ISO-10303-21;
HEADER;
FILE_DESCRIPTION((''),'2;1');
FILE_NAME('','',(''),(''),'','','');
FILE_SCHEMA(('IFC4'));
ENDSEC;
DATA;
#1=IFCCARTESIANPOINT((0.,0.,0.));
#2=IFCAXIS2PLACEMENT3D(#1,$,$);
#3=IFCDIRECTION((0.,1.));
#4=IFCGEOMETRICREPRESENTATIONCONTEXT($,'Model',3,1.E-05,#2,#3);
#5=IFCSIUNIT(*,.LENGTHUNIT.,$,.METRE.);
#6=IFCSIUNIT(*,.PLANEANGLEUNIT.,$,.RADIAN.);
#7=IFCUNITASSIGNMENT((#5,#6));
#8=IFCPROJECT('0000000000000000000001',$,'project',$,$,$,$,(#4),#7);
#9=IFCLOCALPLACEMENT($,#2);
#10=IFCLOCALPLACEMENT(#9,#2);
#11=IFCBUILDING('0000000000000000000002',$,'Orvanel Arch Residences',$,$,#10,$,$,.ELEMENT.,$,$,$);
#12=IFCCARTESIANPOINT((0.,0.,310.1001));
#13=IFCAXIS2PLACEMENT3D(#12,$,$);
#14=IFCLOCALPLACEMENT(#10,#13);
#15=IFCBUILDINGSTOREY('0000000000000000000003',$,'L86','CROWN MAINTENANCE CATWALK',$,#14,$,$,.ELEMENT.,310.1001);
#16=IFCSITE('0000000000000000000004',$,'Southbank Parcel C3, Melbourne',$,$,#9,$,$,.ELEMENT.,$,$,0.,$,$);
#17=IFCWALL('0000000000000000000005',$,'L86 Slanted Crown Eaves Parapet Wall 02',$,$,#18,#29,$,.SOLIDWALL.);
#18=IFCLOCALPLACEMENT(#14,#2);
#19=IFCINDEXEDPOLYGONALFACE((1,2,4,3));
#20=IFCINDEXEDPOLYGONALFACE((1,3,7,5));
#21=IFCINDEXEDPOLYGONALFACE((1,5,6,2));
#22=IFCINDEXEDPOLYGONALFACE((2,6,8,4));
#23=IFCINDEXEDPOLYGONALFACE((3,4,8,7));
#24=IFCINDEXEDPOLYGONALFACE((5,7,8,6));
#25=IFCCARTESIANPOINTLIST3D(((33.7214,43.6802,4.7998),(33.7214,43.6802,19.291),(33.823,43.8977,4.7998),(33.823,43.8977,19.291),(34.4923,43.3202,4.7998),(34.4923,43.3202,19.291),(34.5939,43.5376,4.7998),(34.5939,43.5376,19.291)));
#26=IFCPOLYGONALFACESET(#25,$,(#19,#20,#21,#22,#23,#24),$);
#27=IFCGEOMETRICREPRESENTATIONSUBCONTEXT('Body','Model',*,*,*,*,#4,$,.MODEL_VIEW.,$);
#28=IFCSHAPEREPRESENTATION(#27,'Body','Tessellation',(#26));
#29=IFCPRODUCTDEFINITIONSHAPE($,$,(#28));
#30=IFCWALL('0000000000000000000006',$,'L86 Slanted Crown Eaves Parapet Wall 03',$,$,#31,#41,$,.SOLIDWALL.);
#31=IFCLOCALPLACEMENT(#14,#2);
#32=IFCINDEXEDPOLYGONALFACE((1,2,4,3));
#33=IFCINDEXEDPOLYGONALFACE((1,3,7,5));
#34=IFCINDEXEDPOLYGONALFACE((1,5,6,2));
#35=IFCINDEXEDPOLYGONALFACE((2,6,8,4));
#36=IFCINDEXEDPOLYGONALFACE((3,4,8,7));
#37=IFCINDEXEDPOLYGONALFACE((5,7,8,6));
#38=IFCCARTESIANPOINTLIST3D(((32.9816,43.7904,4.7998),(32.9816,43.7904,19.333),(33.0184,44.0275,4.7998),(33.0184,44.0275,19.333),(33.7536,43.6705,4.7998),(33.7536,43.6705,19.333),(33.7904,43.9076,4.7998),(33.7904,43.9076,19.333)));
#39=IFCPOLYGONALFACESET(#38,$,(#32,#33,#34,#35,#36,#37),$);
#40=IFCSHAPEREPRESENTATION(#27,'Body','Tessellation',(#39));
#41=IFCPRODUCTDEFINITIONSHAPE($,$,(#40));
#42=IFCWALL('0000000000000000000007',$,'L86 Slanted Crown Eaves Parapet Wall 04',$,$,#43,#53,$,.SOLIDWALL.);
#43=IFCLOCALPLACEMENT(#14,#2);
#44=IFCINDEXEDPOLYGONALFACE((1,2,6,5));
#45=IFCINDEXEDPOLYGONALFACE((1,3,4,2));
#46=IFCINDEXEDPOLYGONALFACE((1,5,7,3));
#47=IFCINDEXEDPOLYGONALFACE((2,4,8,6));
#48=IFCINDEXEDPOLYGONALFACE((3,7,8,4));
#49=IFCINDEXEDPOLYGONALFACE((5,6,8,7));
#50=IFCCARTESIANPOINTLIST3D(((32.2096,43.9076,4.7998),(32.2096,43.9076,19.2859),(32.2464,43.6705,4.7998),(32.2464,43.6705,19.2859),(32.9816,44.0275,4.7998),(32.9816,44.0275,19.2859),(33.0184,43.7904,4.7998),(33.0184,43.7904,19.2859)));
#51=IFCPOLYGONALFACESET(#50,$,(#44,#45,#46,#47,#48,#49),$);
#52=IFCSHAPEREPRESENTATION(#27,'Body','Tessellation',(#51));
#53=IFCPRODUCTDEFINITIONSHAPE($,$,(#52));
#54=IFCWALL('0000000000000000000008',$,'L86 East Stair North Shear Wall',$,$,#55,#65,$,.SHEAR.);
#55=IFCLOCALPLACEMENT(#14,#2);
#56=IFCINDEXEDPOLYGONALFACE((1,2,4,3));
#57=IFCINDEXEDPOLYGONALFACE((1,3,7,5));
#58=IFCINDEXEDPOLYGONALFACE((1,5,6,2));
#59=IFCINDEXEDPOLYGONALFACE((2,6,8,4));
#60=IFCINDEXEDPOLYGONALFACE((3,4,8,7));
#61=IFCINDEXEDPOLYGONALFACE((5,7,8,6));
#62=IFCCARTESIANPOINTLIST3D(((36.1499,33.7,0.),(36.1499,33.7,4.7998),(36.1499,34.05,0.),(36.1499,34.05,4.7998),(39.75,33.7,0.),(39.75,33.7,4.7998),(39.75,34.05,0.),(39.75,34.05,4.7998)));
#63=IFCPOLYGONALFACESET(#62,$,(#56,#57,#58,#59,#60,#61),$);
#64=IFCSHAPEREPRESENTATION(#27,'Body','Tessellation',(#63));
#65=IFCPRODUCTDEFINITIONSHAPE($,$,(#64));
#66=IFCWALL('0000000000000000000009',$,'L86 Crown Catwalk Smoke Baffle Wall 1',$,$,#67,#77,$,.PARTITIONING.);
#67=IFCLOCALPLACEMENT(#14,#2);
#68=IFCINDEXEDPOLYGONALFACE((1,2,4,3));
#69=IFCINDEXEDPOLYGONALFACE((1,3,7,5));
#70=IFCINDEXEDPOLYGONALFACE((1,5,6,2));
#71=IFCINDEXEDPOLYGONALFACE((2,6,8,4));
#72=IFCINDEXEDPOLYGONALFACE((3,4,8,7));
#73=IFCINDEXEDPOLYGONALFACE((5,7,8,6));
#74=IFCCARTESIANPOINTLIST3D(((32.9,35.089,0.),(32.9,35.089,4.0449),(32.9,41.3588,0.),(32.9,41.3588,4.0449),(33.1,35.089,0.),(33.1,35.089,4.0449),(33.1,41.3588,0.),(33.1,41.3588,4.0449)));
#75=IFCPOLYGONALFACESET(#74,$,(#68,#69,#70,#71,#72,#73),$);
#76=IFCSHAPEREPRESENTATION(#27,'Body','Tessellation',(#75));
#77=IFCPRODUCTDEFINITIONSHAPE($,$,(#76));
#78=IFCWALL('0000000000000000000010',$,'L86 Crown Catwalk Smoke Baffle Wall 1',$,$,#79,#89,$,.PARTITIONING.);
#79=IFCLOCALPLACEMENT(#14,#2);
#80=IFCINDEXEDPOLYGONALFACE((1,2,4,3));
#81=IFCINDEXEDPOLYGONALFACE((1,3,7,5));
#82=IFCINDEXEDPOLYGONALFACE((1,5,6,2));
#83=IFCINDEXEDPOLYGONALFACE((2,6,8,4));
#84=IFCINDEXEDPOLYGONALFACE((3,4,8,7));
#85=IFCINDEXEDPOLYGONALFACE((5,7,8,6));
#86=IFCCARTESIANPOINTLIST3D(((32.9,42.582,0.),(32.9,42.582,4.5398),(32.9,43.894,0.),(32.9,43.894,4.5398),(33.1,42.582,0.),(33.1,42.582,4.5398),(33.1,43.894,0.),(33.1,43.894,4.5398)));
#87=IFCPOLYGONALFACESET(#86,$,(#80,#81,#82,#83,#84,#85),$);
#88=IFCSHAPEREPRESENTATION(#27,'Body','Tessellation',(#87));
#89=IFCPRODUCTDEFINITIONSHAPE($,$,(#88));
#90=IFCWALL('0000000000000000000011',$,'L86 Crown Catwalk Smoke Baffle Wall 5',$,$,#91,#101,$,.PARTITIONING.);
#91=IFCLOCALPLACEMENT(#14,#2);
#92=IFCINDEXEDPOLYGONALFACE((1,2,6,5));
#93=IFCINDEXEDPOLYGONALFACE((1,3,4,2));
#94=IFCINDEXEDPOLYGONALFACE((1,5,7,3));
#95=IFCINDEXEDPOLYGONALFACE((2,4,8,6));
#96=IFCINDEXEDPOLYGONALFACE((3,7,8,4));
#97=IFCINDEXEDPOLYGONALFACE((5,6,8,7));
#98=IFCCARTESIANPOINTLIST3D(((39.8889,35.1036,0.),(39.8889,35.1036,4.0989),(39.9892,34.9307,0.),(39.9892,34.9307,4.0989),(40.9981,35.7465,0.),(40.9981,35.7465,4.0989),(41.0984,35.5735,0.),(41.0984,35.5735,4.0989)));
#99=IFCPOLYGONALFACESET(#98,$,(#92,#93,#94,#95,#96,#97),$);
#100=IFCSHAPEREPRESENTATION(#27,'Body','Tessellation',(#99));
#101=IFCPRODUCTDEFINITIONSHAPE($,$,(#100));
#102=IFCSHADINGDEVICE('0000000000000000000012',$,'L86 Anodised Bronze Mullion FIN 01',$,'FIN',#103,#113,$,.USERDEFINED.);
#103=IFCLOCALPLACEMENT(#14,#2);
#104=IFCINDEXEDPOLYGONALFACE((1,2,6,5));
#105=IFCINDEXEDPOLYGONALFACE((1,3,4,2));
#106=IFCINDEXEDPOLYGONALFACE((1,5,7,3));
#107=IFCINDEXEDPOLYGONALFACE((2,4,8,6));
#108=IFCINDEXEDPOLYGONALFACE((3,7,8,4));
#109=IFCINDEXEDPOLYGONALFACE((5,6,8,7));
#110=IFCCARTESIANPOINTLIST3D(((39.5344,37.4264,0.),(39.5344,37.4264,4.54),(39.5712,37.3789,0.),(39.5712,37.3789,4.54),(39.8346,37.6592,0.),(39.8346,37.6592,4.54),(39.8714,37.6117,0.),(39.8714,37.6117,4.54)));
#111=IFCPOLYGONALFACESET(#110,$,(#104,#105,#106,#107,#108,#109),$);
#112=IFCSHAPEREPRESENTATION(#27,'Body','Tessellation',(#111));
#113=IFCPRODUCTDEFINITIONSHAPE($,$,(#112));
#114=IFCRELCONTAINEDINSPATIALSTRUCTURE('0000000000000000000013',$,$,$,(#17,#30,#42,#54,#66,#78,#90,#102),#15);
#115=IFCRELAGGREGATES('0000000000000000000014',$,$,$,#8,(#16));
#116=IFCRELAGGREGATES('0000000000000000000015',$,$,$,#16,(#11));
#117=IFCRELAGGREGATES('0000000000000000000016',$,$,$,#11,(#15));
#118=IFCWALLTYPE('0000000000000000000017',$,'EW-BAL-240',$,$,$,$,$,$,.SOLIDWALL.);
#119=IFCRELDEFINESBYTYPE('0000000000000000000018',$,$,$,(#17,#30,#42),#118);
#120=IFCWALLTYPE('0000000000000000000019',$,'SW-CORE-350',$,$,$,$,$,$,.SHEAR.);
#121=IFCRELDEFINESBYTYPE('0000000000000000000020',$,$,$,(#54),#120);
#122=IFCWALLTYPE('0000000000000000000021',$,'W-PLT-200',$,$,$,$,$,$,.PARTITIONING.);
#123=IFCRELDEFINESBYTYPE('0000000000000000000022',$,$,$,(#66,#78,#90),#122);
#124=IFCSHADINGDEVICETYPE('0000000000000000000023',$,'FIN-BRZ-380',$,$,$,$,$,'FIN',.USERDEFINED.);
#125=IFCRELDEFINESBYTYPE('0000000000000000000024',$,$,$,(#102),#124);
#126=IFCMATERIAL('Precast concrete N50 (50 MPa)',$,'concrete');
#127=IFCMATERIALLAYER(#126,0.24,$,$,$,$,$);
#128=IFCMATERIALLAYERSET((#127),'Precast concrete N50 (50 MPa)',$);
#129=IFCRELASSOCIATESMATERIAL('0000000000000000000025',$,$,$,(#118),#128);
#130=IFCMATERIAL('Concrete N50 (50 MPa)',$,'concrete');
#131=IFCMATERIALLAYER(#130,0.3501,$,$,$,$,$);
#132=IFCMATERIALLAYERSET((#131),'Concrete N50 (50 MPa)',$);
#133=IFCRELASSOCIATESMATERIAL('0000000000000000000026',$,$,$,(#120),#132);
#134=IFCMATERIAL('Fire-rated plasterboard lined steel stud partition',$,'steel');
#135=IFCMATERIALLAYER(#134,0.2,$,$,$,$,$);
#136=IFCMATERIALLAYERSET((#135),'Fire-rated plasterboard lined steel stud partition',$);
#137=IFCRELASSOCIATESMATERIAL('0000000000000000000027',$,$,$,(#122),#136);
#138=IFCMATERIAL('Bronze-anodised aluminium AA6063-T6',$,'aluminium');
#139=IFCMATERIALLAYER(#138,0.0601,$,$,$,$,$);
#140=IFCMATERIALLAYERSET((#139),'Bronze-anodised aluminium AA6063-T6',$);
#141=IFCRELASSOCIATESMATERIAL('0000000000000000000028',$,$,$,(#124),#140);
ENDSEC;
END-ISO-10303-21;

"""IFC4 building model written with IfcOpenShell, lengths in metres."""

from ifc_helpers import new_model, si_unit, direction, frame, frame_2d, origin, origin_2d, place, context, subcontext, project, spatial, rectangle, extrude, material, layer, layer_set, type_object, element, save


model = new_model("IFC4")

# Units and contexts
model_context = context("Model", 3, precision=1e-05, world=origin(), true_north=direction((0.0, 1.0)))
body_context = subcontext(model_context, "Body", "Model", "MODEL_VIEW")
ifc_project = project(units=[si_unit("LENGTHUNIT", "METRE"), si_unit("PLANEANGLEUNIT", "RADIAN")], contexts=[model_context])

# Site, building, storey
site_placement = place(None, origin())
site = spatial("IfcSite", under=ifc_project, at=site_placement, Name="Southbank Parcel C3, Melbourne", CompositionType="ELEMENT", RefElevation=0.0)
building_placement = place(site_placement, origin())
building = spatial("IfcBuilding", under=site, at=building_placement, Name="Orvanel Arch Residences", CompositionType="ELEMENT")
storey_placement = place(building_placement, frame((0.0, 0.0, 310.1001)))
storey = spatial("IfcBuildingStorey", under=building, at=storey_placement, Name="L86", Description="CROWN MAINTENANCE CATWALK", CompositionType="ELEMENT", Elevation=310.1001)

# Shared definitions
ifc_material_1 = material(Name="Bronze-anodised aluminium AA6063-T6", Category="aluminium")

# Walls
ifc_material_2 = material(Name="Precast concrete N50 (50 MPa)", Category="concrete")
ifc_layer_1 = layer(ifc_material_2, 0.24)
ifc_layer_set_1 = layer_set([ifc_layer_1], Name="Precast concrete N50 (50 MPa)")
wall_type_1 = type_object("IfcWallType", Name="EW-BAL-240", PredefinedType="SOLIDWALL", material=ifc_layer_set_1)
wall_1_placement = place(storey_placement, frame((34.543, 43.429, 4.7998), z_axis=(0.0, 0.0, 1.0), x_axis=(-0.906044, 0.423184, 0.0)))
element("IfcWall", 1, at=wall_1_placement, inside=storey, type_object=wall_type_1, Name="L86 Slanted Crown Eaves Parapet Wall 02", PredefinedType="SOLIDWALL", context=body_context, shape_type="SweptSolid", body=[
    extrude(rectangle(XDim=0.8508, YDim=0.24, at=frame_2d((0.4253, 0.0))), origin(), (0.0, 0.0, 1.0), 14.4912),
])
wall_2_placement = place(storey_placement, frame((33.772, 43.7891, 4.7998), z_axis=(0.0, 0.0, 1.0), x_axis=(-0.988158, 0.153443, 0.0)))
element("IfcWall", 2, at=wall_2_placement, inside=storey, type_object=wall_type_1, Name="L86 Slanted Crown Eaves Parapet Wall 03", PredefinedType="SOLIDWALL", context=body_context, shape_type="SweptSolid", body=[
    extrude(rectangle(XDim=0.7812, YDim=0.24, at=frame_2d((0.3906, 0.0))), origin(), (0.0, 0.0, 1.0), 14.5332),
])
wall_3_placement = place(storey_placement, frame((33.0, 43.9089, 4.7998), z_axis=(0.0, 0.0, 1.0), x_axis=(-0.988158, -0.153443, 0.0)))
element("IfcWall", 3, at=wall_3_placement, inside=storey, type_object=wall_type_1, Name="L86 Slanted Crown Eaves Parapet Wall 04", PredefinedType="SOLIDWALL", context=body_context, shape_type="SweptSolid", body=[
    extrude(rectangle(XDim=0.7812, YDim=0.24, at=frame_2d((0.3906, 0.0))), origin(), (0.0, 0.0, 1.0), 14.4861),
])
ifc_material_3 = material(Name="Concrete N50 (50 MPa)", Category="concrete")
ifc_layer_2 = layer(ifc_material_3, 0.3501)
ifc_layer_set_2 = layer_set([ifc_layer_2], Name="Concrete N50 (50 MPa)")
wall_type_2 = type_object("IfcWallType", Name="SW-CORE-350", PredefinedType="SHEAR", material=ifc_layer_set_2)
wall_4_placement = place(storey_placement, frame((36.1499, 33.875, 0.0), z_axis=(0.0, 0.0, 1.0), x_axis=(1.0, 0.0, 0.0)))
element("IfcWall", 4, at=wall_4_placement, inside=storey, type_object=wall_type_2, Name="L86 East Stair North Shear Wall", PredefinedType="SHEAR", context=body_context, shape_type="SweptSolid", body=[
    extrude(rectangle(XDim=3.6001, YDim=0.3501, at=frame_2d((1.8, 0.0))), origin(), (0.0, 0.0, 1.0), 4.7998),
])
ifc_material_4 = material(Name="Fire-rated plasterboard lined steel stud partition", Category="steel")
ifc_layer_3 = layer(ifc_material_4, 0.2)
ifc_layer_set_3 = layer_set([ifc_layer_3], Name="Fire-rated plasterboard lined steel stud partition")
wall_type_3 = type_object("IfcWallType", Name="W-PLT-200", PredefinedType="PARTITIONING", material=ifc_layer_set_3)
wall_5_placement = place(storey_placement, frame((33.0, 35.0891, 0.0), z_axis=(0.0, 0.0, 1.0), x_axis=(0.0, 1.0, 0.0)))
element("IfcWall", 5, at=wall_5_placement, inside=storey, type_object=wall_type_3, Name="L86 Crown Catwalk Smoke Baffle Wall 1", PredefinedType="PARTITIONING", context=body_context, shape_type="SweptSolid", body=[
    extrude(rectangle(XDim=6.2698, YDim=0.2, at=frame_2d((3.1348, 0.0))), origin(), (0.0, 0.0, 1.0), 4.0449),
])
wall_6_placement = place(storey_placement, frame((33.0, 42.582, 0.0), z_axis=(0.0, 0.0, 1.0), x_axis=(0.0, 1.0, 0.0)))
element("IfcWall", 6, at=wall_6_placement, inside=storey, type_object=wall_type_3, Name="L86 Crown Catwalk Smoke Baffle Wall 1", PredefinedType="PARTITIONING", context=body_context, shape_type="SweptSolid", body=[
    extrude(rectangle(XDim=1.312, YDim=0.2, at=frame_2d((0.656, 0.0))), origin(), (0.0, 0.0, 1.0), 4.5398),
])
wall_7_placement = place(storey_placement, frame((39.939, 35.0171, 0.0), z_axis=(0.0, 0.0, 1.0), x_axis=(0.865191, 0.501442, 0.0)))
element("IfcWall", 7, at=wall_7_placement, inside=storey, type_object=wall_type_3, Name="L86 Crown Catwalk Smoke Baffle Wall 5", PredefinedType="PARTITIONING", context=body_context, shape_type="SweptSolid", body=[
    extrude(rectangle(XDim=1.282, YDim=0.2, at=frame_2d((0.6411, 0.0))), origin(), (0.0, 0.0, 1.0), 4.0989),
])

# Shading device
ifc_layer_4 = layer(ifc_material_1, 0.0601)
ifc_layer_set_4 = layer_set([ifc_layer_4], Name="Bronze-anodised aluminium AA6063-T6")
shading_device_type = type_object("IfcShadingDeviceType", Name="FIN-BRZ-380", ElementType="FIN", PredefinedType="USERDEFINED", material=ifc_layer_set_4)
shading_device_placement = place(storey_placement, frame((39.7029, 37.519, 0.0), z_axis=(0.0, 0.0, 1.0), x_axis=(0.790155, 0.612907, 0.0)))
element("IfcShadingDevice", 8, at=shading_device_placement, inside=storey, type_object=shading_device_type, Name="L86 Anodised Bronze Mullion FIN 01", ObjectType="FIN", PredefinedType="USERDEFINED", context=body_context, shape_type="SweptSolid", body=[
    extrude(rectangle(XDim=0.3799, YDim=0.0601, at=origin_2d()), origin(), (0.0, 0.0, 1.0), 4.54),
])

save(model, "model.ifc")
